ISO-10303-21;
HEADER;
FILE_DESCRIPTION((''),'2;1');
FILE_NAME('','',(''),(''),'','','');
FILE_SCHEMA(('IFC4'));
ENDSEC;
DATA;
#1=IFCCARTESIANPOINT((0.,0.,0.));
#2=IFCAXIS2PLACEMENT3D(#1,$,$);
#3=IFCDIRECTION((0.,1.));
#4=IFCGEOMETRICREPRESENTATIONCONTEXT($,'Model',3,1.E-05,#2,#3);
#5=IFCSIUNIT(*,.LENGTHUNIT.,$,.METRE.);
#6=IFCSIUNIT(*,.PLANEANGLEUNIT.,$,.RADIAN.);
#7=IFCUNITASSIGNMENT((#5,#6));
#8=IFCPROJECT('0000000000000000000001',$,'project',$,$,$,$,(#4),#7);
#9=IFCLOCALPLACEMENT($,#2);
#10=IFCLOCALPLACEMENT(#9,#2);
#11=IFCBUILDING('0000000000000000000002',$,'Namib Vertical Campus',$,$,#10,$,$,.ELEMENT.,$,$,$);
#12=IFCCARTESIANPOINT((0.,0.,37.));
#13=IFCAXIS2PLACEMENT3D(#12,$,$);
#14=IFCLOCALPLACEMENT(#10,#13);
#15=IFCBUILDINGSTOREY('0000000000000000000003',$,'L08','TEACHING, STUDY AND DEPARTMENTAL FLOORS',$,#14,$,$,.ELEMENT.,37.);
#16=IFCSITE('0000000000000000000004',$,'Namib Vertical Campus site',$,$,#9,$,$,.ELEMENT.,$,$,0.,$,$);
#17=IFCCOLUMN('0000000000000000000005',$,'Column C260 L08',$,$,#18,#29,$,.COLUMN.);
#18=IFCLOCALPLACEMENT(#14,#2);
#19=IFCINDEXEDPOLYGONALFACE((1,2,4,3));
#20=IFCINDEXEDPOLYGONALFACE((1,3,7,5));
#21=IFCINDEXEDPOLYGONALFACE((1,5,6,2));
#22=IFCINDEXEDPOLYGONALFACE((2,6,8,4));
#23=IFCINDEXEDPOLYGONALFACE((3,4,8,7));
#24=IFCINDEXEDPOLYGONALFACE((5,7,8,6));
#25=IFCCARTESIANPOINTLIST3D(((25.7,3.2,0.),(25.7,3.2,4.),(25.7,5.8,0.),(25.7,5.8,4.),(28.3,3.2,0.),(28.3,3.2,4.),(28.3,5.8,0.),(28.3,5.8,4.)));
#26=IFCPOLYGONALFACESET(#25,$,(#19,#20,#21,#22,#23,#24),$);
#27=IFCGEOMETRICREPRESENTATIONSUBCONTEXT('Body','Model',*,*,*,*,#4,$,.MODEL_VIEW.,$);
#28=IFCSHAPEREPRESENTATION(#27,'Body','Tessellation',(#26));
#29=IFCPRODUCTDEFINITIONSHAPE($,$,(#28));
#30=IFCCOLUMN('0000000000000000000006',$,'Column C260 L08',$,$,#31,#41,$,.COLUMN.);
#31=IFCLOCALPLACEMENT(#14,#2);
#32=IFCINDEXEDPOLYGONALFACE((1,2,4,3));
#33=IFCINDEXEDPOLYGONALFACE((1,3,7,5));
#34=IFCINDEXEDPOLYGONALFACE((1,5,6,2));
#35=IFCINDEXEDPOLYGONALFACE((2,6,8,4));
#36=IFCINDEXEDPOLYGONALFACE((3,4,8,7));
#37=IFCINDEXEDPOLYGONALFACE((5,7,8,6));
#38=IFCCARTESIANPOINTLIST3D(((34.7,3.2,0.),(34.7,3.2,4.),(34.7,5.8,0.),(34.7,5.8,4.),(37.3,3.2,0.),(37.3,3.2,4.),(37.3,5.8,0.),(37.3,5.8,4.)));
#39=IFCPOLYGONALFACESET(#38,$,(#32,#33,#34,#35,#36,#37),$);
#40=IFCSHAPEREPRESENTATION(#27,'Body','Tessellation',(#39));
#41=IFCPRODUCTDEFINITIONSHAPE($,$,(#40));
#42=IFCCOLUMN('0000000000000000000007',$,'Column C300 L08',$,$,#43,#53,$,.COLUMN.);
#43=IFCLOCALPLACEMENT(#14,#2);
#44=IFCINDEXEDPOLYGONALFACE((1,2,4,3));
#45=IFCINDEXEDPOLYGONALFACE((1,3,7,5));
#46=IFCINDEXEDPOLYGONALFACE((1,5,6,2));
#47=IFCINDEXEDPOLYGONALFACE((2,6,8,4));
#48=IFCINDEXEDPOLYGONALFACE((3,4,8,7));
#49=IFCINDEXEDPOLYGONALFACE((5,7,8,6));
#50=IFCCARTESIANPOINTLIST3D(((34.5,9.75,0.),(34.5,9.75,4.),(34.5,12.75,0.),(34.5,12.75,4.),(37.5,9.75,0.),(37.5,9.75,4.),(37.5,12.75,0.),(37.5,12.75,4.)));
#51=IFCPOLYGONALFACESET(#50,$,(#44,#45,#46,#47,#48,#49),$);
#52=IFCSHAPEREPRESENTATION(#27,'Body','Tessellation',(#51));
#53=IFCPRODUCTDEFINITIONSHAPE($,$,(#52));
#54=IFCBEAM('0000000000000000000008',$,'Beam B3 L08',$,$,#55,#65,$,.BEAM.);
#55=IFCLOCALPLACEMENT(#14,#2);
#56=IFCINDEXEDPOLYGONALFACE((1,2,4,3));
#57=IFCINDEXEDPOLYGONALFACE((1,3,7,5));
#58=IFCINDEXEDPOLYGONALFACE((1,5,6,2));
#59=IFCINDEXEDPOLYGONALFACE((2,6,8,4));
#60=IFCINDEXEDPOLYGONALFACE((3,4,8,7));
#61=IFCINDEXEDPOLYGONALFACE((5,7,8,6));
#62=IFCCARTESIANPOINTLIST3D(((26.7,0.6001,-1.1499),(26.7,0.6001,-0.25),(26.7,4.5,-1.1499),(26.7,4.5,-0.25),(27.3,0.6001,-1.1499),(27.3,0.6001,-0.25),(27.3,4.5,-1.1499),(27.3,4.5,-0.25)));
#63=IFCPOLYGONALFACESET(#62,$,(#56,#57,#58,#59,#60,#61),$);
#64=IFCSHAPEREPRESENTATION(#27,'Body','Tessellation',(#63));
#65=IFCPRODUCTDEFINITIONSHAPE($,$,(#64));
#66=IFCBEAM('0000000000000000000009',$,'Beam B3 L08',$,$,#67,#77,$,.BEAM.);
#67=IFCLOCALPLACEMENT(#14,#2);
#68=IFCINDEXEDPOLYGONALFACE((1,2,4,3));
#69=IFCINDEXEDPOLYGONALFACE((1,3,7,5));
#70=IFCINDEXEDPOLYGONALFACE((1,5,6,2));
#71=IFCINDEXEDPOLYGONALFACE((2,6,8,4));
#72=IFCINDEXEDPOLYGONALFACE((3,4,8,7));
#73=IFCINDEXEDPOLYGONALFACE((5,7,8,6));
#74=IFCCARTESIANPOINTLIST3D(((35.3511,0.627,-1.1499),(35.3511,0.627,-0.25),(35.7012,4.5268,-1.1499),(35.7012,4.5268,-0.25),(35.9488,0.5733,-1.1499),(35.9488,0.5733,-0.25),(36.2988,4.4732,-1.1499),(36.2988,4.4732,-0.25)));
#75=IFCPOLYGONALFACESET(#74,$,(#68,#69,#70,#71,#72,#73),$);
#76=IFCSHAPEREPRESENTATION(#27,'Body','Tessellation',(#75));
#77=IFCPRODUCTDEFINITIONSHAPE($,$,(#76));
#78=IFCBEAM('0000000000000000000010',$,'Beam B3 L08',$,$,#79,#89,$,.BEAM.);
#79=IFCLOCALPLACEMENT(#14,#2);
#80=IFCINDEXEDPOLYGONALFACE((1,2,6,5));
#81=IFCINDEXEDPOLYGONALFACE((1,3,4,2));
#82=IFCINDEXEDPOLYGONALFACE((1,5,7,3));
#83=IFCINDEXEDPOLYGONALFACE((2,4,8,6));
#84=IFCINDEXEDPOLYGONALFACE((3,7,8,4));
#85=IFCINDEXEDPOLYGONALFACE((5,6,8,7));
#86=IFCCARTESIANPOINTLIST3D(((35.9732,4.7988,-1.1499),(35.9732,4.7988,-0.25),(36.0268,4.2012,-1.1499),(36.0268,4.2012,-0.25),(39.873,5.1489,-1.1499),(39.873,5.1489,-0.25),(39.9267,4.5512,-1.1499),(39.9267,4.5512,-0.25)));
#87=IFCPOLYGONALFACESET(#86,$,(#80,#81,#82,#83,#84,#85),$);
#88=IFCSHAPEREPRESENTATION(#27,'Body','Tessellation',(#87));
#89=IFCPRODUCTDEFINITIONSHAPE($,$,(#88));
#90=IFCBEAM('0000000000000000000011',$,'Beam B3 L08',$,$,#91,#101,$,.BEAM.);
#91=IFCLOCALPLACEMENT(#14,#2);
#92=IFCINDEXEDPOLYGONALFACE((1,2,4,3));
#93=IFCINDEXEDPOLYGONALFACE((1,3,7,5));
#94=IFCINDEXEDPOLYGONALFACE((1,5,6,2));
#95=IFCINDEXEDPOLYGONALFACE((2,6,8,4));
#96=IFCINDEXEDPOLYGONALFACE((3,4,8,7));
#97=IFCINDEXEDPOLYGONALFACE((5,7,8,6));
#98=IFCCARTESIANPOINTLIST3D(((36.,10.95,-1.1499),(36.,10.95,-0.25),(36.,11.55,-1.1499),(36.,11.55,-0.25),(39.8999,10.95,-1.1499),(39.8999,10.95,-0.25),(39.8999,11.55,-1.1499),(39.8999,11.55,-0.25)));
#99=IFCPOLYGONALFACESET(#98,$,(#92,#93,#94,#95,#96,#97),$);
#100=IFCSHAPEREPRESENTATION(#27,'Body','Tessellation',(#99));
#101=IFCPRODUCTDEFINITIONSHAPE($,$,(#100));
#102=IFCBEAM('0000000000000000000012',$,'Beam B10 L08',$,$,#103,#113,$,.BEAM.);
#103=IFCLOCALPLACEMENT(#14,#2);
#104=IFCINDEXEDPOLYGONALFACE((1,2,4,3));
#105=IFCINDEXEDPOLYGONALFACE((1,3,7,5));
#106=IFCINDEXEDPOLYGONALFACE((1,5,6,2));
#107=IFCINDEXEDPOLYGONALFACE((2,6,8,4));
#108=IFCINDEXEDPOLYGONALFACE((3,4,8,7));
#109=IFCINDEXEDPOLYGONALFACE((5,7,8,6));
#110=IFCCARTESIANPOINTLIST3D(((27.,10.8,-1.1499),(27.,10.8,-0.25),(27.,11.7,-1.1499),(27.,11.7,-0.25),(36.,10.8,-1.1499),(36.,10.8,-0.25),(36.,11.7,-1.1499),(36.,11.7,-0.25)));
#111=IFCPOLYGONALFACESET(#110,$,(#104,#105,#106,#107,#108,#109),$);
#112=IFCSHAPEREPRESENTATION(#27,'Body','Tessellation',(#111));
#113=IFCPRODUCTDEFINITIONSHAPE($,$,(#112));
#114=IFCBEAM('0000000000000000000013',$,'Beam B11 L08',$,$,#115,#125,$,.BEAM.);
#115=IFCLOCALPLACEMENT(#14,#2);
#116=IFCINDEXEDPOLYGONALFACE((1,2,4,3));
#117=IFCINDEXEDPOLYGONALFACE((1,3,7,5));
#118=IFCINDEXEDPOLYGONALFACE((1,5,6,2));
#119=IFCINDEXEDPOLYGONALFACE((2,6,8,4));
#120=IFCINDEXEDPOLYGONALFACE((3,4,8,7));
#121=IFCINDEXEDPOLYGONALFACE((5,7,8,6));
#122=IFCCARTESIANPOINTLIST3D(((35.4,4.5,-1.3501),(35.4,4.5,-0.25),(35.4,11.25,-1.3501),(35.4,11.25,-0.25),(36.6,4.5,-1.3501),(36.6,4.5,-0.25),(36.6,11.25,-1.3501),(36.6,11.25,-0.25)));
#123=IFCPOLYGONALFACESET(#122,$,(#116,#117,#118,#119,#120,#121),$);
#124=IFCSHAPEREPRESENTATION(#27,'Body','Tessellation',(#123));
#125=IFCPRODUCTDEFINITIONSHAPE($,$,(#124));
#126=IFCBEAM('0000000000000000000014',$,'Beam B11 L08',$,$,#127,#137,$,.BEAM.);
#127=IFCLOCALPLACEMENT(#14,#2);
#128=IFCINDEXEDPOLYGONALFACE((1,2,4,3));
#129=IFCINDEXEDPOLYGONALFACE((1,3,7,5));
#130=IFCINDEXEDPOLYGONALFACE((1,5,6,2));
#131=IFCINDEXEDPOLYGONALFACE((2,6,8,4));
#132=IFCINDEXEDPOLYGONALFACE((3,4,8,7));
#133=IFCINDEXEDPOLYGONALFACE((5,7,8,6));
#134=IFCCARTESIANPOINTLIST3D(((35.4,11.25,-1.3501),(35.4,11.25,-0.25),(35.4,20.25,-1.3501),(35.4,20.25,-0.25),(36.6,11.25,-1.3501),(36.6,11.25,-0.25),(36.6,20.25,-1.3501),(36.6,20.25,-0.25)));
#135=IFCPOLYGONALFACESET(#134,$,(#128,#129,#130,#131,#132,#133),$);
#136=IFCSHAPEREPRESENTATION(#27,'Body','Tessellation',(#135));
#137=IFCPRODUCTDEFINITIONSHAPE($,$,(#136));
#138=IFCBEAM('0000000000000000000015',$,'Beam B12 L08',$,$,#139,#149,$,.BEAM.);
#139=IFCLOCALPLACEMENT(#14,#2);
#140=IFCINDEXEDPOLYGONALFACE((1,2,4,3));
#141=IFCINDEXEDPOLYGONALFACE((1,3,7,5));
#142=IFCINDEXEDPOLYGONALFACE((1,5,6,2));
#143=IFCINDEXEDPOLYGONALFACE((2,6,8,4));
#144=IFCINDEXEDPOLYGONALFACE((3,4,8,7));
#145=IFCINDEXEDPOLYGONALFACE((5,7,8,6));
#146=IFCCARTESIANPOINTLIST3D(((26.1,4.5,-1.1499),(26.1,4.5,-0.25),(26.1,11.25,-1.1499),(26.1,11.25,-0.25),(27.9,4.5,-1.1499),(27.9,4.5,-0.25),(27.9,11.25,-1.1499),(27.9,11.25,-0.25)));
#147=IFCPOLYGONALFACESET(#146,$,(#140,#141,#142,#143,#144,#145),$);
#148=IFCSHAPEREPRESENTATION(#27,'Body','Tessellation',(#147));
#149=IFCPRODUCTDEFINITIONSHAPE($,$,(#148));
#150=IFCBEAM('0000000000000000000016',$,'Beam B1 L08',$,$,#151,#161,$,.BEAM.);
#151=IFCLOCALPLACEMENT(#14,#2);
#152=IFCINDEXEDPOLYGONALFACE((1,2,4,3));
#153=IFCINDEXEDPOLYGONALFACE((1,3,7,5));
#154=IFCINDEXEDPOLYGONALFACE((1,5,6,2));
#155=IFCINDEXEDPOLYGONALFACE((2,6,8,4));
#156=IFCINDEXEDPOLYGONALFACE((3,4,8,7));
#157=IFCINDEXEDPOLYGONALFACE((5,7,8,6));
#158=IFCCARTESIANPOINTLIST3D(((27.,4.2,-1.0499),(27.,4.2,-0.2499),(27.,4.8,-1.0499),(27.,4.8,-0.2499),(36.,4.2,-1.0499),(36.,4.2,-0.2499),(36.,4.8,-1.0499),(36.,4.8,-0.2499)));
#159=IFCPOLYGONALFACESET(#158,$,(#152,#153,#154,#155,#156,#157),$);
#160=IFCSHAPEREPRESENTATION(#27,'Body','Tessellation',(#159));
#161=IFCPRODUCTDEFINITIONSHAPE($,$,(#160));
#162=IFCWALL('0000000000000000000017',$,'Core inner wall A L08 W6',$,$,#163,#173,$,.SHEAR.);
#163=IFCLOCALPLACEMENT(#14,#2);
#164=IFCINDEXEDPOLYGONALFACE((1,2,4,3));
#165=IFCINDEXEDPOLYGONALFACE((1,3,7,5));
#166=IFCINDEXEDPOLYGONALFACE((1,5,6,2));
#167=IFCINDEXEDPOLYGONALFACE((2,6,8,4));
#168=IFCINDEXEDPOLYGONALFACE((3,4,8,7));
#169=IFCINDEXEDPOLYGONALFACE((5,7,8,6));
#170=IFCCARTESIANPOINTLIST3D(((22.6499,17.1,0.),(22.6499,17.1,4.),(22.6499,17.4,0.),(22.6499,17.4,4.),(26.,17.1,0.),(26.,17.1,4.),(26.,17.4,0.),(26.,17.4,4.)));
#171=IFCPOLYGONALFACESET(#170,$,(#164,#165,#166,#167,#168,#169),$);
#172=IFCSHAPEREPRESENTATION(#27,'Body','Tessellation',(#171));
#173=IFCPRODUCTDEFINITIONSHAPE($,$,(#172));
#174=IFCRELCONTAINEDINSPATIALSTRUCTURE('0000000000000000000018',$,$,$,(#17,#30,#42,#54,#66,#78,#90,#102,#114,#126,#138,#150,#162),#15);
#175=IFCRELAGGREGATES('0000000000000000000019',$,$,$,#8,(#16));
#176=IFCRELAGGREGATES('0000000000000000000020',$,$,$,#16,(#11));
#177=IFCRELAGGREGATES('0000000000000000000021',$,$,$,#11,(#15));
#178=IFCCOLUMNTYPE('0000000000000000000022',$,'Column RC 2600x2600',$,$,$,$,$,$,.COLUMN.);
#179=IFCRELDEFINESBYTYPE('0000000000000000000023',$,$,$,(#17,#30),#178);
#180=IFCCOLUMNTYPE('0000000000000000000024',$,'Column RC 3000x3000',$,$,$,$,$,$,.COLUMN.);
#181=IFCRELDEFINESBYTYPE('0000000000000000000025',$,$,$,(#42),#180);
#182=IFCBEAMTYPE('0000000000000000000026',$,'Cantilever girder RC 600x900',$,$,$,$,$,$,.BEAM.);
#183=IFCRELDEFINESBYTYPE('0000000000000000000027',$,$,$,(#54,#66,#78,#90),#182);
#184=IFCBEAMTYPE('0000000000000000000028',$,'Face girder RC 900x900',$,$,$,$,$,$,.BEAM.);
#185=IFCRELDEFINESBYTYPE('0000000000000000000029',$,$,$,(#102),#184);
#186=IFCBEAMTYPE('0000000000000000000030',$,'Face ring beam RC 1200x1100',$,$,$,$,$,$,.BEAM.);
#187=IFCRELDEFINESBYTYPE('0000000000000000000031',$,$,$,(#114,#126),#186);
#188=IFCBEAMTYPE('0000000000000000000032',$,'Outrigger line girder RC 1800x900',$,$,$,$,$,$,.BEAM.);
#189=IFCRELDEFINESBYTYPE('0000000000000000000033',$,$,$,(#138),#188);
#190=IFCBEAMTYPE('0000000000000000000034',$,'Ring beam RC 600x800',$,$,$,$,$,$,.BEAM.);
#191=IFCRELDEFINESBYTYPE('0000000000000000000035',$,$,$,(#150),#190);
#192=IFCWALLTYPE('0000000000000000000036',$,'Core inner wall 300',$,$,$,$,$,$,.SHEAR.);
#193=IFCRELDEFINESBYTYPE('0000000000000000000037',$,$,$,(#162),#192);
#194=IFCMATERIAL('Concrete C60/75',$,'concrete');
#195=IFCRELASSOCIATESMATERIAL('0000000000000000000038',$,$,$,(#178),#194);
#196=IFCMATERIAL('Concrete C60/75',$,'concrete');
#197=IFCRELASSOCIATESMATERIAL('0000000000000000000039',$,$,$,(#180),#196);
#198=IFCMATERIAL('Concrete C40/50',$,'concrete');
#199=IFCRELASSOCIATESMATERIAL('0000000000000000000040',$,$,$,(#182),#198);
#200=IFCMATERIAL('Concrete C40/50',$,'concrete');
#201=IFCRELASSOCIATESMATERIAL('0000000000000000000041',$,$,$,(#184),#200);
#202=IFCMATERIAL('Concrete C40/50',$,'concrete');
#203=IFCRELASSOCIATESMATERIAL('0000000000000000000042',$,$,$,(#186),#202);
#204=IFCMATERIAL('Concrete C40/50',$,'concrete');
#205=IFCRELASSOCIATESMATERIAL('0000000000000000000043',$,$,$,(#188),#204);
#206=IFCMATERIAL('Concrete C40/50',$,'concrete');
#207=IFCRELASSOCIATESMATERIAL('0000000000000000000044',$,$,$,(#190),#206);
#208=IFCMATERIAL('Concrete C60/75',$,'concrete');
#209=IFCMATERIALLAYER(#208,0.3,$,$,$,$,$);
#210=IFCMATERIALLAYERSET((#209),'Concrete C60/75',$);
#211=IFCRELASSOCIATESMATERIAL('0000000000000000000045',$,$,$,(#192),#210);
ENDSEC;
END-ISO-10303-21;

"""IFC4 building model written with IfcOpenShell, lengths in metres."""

from ifc_helpers import new_model, si_unit, direction, frame, frame_2d, origin, origin_2d, place, context, subcontext, project, spatial, rectangle, extrude, material, layer, layer_set, material_profile, profile_set, type_object, element, save


model = new_model("IFC4")

# Units and contexts
model_context = context("Model", 3, precision=1e-05, world=origin(), true_north=direction((0.0, 1.0)))
body_context = subcontext(model_context, "Body", "Model", "MODEL_VIEW")
ifc_project = project(units=[si_unit("LENGTHUNIT", "METRE"), si_unit("PLANEANGLEUNIT", "RADIAN")], contexts=[model_context])

# Site, building, storey
site_placement = place(None, origin())
site = spatial("IfcSite", under=ifc_project, at=site_placement, Name="Namib Vertical Campus site", CompositionType="ELEMENT", RefElevation=0.0)
building_placement = place(site_placement, origin())
building = spatial("IfcBuilding", under=site, at=building_placement, Name="Namib Vertical Campus", CompositionType="ELEMENT")
storey_placement = place(building_placement, frame((0.0, 0.0, 37.0)))
storey = spatial("IfcBuildingStorey", under=building, at=storey_placement, Name="L08", Description="TEACHING, STUDY AND DEPARTMENTAL FLOORS", CompositionType="ELEMENT", Elevation=37.0)

# Columns
ifc_material_1 = material(Name="Concrete C60/75", Category="concrete")
ifc_material_profile_1 = material_profile(ifc_material_1, rectangle(XDim=2.6001, YDim=2.6001, at=origin_2d()))
ifc_profile_set_1 = profile_set([ifc_material_profile_1], Name="Concrete C60/75")
column_type_1 = type_object("IfcColumnType", Name="Column RC 2600x2600", PredefinedType="COLUMN", material=ifc_profile_set_1)
for number, where, z_axis, x_axis, name in (
    (1, (27.0, 4.5, 0.0), (0.0, 0.0, 1.0), (1.0, 0.0, 0.0), "Column C260 L08"),
    (2, (36.0, 4.5, 0.0), (0.0, 0.0, 1.0), (1.0, 0.0, 0.0), "Column C260 L08"),
):
    element("IfcColumn", number, at=place(storey_placement, frame(where, z_axis=z_axis, x_axis=x_axis)), inside=storey, type_object=column_type_1, Name=name, PredefinedType="COLUMN", context=body_context, shape_type="SweptSolid", body=[
        extrude(rectangle(XDim=2.6001, YDim=2.6001, at=origin_2d()), origin(), (0.0, 0.0, 1.0), 4.0),
    ])
ifc_material_2 = material(Name="Concrete C60/75", Category="concrete")
ifc_material_profile_2 = material_profile(ifc_material_2, rectangle(XDim=3.0, YDim=3.0, at=origin_2d()))
ifc_profile_set_2 = profile_set([ifc_material_profile_2], Name="Concrete C60/75")
column_type_2 = type_object("IfcColumnType", Name="Column RC 3000x3000", PredefinedType="COLUMN", material=ifc_profile_set_2)
column_placement = place(storey_placement, frame((36.0, 11.25, 0.0), z_axis=(0.0, 0.0, 1.0), x_axis=(1.0, 0.0, 0.0)))
element("IfcColumn", 3, at=column_placement, inside=storey, type_object=column_type_2, Name="Column C300 L08", PredefinedType="COLUMN", context=body_context, shape_type="SweptSolid", body=[
    extrude(rectangle(XDim=3.0, YDim=3.0, at=origin_2d()), origin(), (0.0, 0.0, 1.0), 4.0),
])

# Beams
ifc_material_3 = material(Name="Concrete C40/50", Category="concrete")
ifc_material_profile_3 = material_profile(ifc_material_3, rectangle(XDim=0.6001, YDim=0.8999, at=origin_2d()))
ifc_profile_set_3 = profile_set([ifc_material_profile_3], Name="Concrete C40/50")
beam_type_1 = type_object("IfcBeamType", Name="Cantilever girder RC 600x900", PredefinedType="BEAM", material=ifc_profile_set_3)
beam_1_placement = place(storey_placement, frame((27.0, 4.5, -0.7), z_axis=(0.0, -1.0, 0.0), x_axis=(1.0, 0.0, 0.0)))
element("IfcBeam", 4, at=beam_1_placement, inside=storey, type_object=beam_type_1, Name="Beam B3 L08", PredefinedType="BEAM", context=body_context, shape_type="SweptSolid", body=[
    extrude(rectangle(XDim=0.6001, YDim=0.8999, at=origin_2d()), origin(), (0.0, 0.0, 1.0), 3.8999),
])
for number, where, z_axis, x_axis, name in (
    (5, (36.0, 4.5, -0.7), (-0.089411, -0.995995, 0.0), (0.995995, -0.089411, 0.0), "Beam B3 L08"),
    (6, (36.0, 4.5, -0.7), (0.995995, 0.089411, 0.0), (-0.089411, 0.995995, 0.0), "Beam B3 L08"),
):
    element("IfcBeam", number, at=place(storey_placement, frame(where, z_axis=z_axis, x_axis=x_axis)), inside=storey, type_object=beam_type_1, Name=name, PredefinedType="BEAM", context=body_context, shape_type="SweptSolid", body=[
        extrude(rectangle(XDim=0.6001, YDim=0.8999, at=origin_2d()), origin(), (0.0, 0.0, 1.0), 3.9155),
    ])
beam_2_placement = place(storey_placement, frame((36.0, 11.25, -0.7), z_axis=(1.0, 0.0, 0.0), x_axis=(0.0, 1.0, 0.0)))
element("IfcBeam", 7, at=beam_2_placement, inside=storey, type_object=beam_type_1, Name="Beam B3 L08", PredefinedType="BEAM", context=body_context, shape_type="SweptSolid", body=[
    extrude(rectangle(XDim=0.6001, YDim=0.8999, at=origin_2d()), origin(), (0.0, 0.0, 1.0), 3.8999),
])
ifc_material_4 = material(Name="Concrete C40/50", Category="concrete")
ifc_material_profile_4 = material_profile(ifc_material_4, rectangle(XDim=0.8999, YDim=0.8999, at=origin_2d()))
ifc_profile_set_4 = profile_set([ifc_material_profile_4], Name="Concrete C40/50")
beam_type_2 = type_object("IfcBeamType", Name="Face girder RC 900x900", PredefinedType="BEAM", material=ifc_profile_set_4)
beam_3_placement = place(storey_placement, frame((36.0, 11.25, -0.7), z_axis=(-1.0, 0.0, 0.0), x_axis=(0.0, -1.0, 0.0)))
element("IfcBeam", 8, at=beam_3_placement, inside=storey, type_object=beam_type_2, Name="Beam B10 L08", PredefinedType="BEAM", context=body_context, shape_type="SweptSolid", body=[
    extrude(rectangle(XDim=0.8999, YDim=0.8999, at=origin_2d()), origin(), (0.0, 0.0, 1.0), 9.0),
])
ifc_material_5 = material(Name="Concrete C40/50", Category="concrete")
ifc_material_profile_5 = material_profile(ifc_material_5, rectangle(XDim=1.2, YDim=1.1001, at=origin_2d()))
ifc_profile_set_5 = profile_set([ifc_material_profile_5], Name="Concrete C40/50")
beam_type_3 = type_object("IfcBeamType", Name="Face ring beam RC 1200x1100", PredefinedType="BEAM", material=ifc_profile_set_5)
beam_4_placement = place(storey_placement, frame((36.0, 4.5, -0.8), z_axis=(0.0, 1.0, 0.0), x_axis=(-1.0, 0.0, 0.0)))
element("IfcBeam", 9, at=beam_4_placement, inside=storey, type_object=beam_type_3, Name="Beam B11 L08", PredefinedType="BEAM", context=body_context, shape_type="SweptSolid", body=[
    extrude(rectangle(XDim=1.2, YDim=1.1001, at=origin_2d()), origin(), (0.0, 0.0, 1.0), 6.75),
])
beam_5_placement = place(storey_placement, frame((36.0, 11.25, -0.8), z_axis=(0.0, 1.0, 0.0), x_axis=(-1.0, 0.0, 0.0)))
element("IfcBeam", 10, at=beam_5_placement, inside=storey, type_object=beam_type_3, Name="Beam B11 L08", PredefinedType="BEAM", context=body_context, shape_type="SweptSolid", body=[
    extrude(rectangle(XDim=1.2, YDim=1.1001, at=origin_2d()), origin(), (0.0, 0.0, 1.0), 9.0),
])
ifc_material_6 = material(Name="Concrete C40/50", Category="concrete")
ifc_material_profile_6 = material_profile(ifc_material_6, rectangle(XDim=1.8, YDim=0.8999, at=origin_2d()))
ifc_profile_set_6 = profile_set([ifc_material_profile_6], Name="Concrete C40/50")
beam_type_4 = type_object("IfcBeamType", Name="Outrigger line girder RC 1800x900", PredefinedType="BEAM", material=ifc_profile_set_6)
beam_6_placement = place(storey_placement, frame((27.0, 4.5, -0.7), z_axis=(0.0, 1.0, 0.0), x_axis=(-1.0, 0.0, 0.0)))
element("IfcBeam", 11, at=beam_6_placement, inside=storey, type_object=beam_type_4, Name="Beam B12 L08", PredefinedType="BEAM", context=body_context, shape_type="SweptSolid", body=[
    extrude(rectangle(XDim=1.8, YDim=0.8999, at=origin_2d()), origin(), (0.0, 0.0, 1.0), 6.75),
])
ifc_material_7 = material(Name="Concrete C40/50", Category="concrete")
ifc_material_profile_7 = material_profile(ifc_material_7, rectangle(XDim=0.6001, YDim=0.8, at=origin_2d()))
ifc_profile_set_7 = profile_set([ifc_material_profile_7], Name="Concrete C40/50")
beam_type_5 = type_object("IfcBeamType", Name="Ring beam RC 600x800", PredefinedType="BEAM", material=ifc_profile_set_7)
beam_7_placement = place(storey_placement, frame((27.0, 4.5, -0.6499), z_axis=(1.0, 0.0, 0.0), x_axis=(0.0, 1.0, 0.0)))
element("IfcBeam", 12, at=beam_7_placement, inside=storey, type_object=beam_type_5, Name="Beam B1 L08", PredefinedType="BEAM", context=body_context, shape_type="SweptSolid", body=[
    extrude(rectangle(XDim=0.6001, YDim=0.8, at=origin_2d()), origin(), (0.0, 0.0, 1.0), 9.0),
])

# Wall
ifc_material_8 = material(Name="Concrete C60/75", Category="concrete")
ifc_layer_1 = layer(ifc_material_8, 0.3)
ifc_layer_set_1 = layer_set([ifc_layer_1], Name="Concrete C60/75")
wall_type_1 = type_object("IfcWallType", Name="Core inner wall 300", PredefinedType="SHEAR", material=ifc_layer_set_1)
wall_1_placement = place(storey_placement, frame((22.6499, 17.25, 0.0), z_axis=(0.0, 0.0, 1.0), x_axis=(1.0, 0.0, 0.0)))
element("IfcWall", 13, at=wall_1_placement, inside=storey, type_object=wall_type_1, Name="Core inner wall A L08 W6", PredefinedType="SHEAR", context=body_context, shape_type="SweptSolid", body=[
    extrude(rectangle(XDim=3.3501, YDim=0.3, at=frame_2d((1.675, 0.0))), origin(), (0.0, 0.0, 1.0), 4.0),
])

save(model, "model.ifc")
